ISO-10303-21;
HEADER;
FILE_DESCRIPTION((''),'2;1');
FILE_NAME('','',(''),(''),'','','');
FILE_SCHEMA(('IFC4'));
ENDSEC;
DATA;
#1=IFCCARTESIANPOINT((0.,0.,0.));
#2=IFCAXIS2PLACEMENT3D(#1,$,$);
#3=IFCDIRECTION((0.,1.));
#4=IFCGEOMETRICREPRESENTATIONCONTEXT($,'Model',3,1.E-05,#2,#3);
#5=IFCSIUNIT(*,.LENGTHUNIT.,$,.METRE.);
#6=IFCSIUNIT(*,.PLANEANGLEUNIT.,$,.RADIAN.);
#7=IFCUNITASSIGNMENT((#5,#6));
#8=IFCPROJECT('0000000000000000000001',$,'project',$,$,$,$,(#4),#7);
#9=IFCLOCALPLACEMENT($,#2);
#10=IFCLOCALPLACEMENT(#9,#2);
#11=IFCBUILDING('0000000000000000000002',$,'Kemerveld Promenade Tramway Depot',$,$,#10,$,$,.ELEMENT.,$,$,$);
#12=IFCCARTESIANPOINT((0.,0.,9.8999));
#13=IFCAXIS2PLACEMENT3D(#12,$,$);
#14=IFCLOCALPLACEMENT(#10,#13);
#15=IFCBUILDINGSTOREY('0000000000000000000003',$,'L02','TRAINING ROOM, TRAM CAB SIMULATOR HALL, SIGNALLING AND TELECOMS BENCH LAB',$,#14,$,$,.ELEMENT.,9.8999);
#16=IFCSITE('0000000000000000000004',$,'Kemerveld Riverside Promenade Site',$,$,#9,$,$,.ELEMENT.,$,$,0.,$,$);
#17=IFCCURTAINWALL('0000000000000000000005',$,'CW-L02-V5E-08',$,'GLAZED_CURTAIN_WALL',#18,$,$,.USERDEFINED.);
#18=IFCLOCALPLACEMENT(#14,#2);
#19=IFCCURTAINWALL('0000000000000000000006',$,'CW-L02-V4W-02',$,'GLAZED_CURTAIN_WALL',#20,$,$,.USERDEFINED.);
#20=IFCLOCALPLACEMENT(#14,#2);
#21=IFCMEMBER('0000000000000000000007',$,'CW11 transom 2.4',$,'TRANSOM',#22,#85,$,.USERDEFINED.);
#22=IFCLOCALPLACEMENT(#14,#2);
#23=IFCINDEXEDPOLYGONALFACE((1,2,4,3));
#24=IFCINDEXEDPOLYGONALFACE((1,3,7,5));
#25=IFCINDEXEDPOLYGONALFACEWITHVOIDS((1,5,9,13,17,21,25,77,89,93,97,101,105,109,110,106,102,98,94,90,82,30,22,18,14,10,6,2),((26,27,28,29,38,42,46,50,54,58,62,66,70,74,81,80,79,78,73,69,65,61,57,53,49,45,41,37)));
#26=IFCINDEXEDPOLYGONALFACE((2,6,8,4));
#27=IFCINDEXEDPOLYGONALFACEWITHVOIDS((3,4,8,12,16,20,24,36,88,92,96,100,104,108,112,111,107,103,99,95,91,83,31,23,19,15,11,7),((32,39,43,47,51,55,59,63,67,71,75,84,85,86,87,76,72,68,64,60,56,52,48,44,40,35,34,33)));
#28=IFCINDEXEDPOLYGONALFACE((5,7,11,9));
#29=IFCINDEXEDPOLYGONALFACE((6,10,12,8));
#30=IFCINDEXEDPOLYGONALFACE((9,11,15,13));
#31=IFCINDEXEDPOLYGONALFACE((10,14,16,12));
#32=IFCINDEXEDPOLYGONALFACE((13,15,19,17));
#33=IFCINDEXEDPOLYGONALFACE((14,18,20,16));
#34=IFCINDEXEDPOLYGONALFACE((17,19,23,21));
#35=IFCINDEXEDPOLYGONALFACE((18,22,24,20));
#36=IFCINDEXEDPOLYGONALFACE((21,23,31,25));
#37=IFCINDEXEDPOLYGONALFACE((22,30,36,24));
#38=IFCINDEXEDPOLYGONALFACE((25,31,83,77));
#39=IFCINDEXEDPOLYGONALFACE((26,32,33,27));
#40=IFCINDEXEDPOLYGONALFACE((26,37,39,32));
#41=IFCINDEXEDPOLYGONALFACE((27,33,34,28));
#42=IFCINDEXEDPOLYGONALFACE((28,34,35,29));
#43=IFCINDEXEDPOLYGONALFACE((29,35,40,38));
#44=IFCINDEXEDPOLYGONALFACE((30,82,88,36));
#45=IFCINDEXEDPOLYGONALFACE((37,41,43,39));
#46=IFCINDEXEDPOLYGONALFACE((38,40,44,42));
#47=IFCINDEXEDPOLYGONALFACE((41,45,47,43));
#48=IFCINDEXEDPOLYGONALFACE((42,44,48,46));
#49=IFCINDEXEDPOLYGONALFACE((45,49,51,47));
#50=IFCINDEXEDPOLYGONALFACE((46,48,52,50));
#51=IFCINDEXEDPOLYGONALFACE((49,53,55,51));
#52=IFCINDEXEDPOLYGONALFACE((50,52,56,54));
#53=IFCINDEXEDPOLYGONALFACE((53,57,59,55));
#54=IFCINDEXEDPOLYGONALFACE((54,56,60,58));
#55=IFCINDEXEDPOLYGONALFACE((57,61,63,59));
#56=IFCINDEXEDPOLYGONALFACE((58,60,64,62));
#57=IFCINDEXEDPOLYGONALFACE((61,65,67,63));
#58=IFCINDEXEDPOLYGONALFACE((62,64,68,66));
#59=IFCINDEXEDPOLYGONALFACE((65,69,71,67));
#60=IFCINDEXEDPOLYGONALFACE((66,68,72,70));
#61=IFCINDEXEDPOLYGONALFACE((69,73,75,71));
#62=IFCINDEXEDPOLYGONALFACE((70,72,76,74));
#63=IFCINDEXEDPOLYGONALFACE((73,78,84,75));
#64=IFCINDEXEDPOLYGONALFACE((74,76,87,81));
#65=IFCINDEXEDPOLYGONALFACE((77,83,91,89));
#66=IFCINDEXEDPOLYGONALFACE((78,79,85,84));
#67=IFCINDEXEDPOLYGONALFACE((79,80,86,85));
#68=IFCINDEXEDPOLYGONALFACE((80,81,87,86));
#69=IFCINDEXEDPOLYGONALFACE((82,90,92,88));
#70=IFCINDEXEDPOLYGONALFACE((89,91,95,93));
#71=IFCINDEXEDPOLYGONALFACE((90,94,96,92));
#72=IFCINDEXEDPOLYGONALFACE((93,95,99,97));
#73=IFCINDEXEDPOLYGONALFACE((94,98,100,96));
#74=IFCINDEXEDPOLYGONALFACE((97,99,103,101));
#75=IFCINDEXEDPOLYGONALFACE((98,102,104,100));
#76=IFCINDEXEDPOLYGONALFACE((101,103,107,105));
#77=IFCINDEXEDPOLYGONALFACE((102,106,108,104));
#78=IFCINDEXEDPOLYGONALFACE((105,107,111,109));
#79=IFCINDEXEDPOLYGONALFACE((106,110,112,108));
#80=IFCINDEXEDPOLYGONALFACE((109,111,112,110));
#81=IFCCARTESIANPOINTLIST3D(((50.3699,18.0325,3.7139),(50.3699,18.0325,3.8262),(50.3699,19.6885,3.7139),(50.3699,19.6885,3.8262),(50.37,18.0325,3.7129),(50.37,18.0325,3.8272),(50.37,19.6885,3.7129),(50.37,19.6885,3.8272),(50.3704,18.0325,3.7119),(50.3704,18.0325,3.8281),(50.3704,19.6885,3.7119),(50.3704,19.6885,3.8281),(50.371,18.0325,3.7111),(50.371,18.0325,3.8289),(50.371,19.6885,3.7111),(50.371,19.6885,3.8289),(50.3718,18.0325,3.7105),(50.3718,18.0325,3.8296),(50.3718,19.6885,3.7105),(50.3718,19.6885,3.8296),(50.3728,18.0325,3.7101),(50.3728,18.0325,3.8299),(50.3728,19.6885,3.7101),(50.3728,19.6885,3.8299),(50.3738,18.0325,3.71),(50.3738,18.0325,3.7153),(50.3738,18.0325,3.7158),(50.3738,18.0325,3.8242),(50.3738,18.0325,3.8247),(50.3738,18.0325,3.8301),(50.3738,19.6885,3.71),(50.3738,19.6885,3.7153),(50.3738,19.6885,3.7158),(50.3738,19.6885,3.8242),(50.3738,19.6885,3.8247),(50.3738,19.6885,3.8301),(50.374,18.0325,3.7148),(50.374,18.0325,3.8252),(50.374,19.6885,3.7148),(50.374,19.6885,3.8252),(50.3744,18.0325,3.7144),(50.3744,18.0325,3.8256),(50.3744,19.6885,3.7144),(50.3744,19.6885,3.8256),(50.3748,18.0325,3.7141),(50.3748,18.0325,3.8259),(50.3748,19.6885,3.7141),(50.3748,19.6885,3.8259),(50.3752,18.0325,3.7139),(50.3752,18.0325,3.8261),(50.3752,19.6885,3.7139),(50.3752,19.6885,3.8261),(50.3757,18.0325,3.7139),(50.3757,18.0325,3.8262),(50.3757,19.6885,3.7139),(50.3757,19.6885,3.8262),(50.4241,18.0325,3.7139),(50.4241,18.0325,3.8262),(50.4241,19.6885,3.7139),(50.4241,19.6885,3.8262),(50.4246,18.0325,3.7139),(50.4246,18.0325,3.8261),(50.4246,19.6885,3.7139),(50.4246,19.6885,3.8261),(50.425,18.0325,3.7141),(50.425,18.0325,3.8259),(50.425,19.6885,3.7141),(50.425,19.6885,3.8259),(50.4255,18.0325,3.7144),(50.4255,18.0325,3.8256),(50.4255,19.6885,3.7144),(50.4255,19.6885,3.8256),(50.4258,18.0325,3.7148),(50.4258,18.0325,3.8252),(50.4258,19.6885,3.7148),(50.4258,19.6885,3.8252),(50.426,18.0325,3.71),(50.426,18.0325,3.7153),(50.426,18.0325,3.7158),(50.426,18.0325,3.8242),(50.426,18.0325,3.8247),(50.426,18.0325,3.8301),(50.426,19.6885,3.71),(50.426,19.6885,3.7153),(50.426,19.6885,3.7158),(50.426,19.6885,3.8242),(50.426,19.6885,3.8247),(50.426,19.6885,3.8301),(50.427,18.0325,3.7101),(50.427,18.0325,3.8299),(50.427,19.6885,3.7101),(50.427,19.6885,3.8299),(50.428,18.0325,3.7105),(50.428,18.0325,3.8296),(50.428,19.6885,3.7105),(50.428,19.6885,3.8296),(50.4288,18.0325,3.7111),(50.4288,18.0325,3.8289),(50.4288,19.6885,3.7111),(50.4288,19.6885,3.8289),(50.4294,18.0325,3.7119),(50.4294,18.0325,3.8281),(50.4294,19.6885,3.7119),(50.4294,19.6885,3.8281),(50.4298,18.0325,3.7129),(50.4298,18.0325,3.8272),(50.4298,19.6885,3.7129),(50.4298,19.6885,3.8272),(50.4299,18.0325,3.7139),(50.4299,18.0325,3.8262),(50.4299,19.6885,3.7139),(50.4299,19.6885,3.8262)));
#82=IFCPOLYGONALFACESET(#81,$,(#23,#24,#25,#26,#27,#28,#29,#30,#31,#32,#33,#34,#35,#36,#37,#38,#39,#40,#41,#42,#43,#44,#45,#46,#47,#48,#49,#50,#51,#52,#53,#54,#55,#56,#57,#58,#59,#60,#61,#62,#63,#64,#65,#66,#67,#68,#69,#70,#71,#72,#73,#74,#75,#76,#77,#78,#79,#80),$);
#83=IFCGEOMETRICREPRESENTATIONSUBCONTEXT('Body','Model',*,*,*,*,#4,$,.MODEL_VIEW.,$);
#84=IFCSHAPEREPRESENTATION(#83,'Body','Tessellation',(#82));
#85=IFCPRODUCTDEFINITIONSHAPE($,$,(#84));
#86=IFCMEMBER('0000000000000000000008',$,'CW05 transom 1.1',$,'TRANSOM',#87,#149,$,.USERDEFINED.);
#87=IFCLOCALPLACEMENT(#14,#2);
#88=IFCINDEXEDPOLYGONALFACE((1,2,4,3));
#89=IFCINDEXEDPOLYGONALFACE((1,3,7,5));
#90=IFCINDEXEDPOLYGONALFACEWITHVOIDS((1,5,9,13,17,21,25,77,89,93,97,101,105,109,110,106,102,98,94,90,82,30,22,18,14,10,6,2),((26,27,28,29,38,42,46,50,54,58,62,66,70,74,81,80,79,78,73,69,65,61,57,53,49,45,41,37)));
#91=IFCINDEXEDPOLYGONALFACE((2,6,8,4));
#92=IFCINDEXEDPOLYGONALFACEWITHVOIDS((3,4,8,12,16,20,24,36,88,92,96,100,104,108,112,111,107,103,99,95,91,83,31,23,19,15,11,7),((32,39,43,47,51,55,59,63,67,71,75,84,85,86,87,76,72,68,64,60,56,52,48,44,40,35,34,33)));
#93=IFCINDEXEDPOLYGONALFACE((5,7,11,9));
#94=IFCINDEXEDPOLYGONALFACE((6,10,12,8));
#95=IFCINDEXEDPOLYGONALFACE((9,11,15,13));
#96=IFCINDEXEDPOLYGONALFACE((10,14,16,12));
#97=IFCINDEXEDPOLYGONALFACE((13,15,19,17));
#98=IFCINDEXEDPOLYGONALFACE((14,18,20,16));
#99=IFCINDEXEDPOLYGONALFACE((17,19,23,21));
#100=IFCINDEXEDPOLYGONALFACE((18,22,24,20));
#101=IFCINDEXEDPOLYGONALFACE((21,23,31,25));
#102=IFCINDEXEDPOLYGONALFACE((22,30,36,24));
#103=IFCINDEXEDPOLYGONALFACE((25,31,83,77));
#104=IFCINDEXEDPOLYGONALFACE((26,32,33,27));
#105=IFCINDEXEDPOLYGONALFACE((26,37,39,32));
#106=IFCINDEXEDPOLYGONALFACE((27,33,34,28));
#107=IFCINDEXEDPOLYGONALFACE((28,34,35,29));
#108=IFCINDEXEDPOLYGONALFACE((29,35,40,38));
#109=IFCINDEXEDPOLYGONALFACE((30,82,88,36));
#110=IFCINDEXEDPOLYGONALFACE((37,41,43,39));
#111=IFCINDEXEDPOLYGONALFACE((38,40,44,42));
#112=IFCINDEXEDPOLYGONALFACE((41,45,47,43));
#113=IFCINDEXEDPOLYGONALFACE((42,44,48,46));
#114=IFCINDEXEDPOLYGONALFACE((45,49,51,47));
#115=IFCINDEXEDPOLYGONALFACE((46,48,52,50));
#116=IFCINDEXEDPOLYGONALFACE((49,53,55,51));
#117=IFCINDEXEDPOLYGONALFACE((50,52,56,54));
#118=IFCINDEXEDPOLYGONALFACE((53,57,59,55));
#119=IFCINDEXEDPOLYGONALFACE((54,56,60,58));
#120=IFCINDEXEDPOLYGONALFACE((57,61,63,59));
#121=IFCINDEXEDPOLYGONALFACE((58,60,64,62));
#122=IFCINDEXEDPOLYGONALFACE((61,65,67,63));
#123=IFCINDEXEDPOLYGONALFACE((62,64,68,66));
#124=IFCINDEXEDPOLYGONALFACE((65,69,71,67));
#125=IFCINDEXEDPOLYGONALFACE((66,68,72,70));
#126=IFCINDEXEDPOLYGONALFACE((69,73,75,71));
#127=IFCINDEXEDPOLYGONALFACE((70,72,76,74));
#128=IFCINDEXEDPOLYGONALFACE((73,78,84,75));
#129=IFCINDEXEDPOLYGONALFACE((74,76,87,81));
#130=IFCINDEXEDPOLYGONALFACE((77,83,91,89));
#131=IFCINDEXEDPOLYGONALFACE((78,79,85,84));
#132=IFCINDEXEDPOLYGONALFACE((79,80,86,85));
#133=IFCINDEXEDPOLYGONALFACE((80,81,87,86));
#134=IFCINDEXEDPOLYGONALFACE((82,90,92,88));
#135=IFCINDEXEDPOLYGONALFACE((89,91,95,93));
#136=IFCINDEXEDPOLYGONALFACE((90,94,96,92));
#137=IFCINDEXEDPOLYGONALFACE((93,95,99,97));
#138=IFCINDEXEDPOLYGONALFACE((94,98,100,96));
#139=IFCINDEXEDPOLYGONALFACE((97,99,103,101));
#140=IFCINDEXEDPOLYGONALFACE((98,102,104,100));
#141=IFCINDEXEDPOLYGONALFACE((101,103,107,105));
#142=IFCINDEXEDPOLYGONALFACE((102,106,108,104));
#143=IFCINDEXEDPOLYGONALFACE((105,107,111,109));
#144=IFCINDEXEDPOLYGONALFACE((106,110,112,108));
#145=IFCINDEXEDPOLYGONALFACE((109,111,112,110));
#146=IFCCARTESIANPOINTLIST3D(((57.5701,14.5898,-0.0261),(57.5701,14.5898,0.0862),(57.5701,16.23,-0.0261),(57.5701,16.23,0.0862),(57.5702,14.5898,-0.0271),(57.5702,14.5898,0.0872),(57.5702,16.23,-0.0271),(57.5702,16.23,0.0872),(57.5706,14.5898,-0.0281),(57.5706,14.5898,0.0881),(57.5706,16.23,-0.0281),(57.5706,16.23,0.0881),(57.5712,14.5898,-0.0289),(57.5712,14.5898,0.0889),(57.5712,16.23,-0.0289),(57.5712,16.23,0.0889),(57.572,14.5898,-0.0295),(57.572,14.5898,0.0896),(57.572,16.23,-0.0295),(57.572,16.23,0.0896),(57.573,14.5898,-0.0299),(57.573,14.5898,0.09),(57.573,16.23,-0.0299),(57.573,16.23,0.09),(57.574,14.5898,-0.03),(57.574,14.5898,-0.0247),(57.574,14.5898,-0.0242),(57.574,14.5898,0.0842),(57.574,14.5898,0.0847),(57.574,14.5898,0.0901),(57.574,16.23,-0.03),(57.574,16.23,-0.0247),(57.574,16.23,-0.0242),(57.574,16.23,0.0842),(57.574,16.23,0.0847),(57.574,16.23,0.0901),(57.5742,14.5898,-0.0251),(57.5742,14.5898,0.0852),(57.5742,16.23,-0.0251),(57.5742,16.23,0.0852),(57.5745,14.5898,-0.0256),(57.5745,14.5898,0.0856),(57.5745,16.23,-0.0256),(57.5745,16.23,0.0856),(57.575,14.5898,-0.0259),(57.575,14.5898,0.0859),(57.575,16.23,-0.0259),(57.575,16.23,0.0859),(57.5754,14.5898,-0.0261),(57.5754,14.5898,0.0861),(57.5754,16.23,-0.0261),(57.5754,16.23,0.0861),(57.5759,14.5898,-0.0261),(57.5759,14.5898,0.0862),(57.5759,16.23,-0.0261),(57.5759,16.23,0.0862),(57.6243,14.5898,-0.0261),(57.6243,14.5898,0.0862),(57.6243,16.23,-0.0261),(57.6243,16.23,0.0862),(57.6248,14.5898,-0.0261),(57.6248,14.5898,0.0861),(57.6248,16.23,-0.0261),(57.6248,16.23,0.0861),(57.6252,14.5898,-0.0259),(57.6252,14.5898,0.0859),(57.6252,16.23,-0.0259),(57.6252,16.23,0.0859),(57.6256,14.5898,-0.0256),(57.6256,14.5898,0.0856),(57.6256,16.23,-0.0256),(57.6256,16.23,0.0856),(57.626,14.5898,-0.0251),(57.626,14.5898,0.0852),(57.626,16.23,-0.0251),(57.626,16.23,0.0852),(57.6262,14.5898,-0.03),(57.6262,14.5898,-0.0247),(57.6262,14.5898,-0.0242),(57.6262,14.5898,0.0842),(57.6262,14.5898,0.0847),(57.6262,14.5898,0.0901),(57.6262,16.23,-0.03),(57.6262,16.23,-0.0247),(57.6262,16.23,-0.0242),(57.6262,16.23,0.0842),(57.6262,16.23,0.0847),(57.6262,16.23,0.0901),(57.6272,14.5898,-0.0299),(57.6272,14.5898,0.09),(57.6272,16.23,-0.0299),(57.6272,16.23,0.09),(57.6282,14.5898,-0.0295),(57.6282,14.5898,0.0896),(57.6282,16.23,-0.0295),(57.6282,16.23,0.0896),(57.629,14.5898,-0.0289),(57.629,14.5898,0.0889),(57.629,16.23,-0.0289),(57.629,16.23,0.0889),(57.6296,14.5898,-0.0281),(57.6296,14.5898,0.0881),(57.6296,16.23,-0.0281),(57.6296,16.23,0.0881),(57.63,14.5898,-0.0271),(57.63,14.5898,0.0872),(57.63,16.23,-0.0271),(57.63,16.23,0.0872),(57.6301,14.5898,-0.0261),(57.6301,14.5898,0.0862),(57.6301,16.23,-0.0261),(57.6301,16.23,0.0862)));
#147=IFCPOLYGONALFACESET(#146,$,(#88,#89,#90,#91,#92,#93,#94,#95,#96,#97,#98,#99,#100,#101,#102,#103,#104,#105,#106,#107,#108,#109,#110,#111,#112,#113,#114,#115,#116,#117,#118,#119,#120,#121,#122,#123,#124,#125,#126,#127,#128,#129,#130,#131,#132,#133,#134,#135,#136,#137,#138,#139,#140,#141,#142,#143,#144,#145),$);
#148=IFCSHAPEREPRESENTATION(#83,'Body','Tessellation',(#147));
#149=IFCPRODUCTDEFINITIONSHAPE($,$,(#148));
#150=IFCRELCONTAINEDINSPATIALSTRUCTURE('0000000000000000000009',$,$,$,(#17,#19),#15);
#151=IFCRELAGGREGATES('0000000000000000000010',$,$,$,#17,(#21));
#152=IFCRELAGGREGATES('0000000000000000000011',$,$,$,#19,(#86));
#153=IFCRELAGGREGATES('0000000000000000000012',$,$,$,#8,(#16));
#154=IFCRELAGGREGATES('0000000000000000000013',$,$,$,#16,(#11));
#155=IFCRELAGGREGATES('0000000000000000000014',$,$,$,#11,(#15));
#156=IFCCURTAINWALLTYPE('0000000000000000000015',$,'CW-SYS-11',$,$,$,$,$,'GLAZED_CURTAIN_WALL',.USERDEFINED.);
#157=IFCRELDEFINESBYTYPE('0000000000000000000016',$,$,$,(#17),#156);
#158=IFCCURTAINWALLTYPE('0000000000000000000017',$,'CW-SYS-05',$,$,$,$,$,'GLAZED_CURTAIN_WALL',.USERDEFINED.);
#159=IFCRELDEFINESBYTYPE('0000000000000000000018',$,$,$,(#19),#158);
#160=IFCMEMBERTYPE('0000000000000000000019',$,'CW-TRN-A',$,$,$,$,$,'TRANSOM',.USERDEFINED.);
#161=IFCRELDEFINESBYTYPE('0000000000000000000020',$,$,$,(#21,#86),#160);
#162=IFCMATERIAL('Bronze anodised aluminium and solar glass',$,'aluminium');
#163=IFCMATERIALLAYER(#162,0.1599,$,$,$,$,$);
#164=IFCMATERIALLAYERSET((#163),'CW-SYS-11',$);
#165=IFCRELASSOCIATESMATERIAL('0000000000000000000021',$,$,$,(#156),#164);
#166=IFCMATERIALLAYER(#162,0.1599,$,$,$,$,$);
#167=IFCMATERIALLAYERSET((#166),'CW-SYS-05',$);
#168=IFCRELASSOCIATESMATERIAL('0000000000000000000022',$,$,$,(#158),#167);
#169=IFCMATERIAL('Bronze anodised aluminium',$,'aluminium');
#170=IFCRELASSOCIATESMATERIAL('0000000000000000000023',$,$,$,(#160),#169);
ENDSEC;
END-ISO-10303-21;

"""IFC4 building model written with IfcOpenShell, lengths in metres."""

from ifc_helpers import new_model, si_unit, direction, frame, origin, origin_2d, place, context, subcontext, project, spatial, hollow_rectangle, extrude, material, layer, layer_set, material_profile, profile_set, type_object, element, aggregate, save


model = new_model("IFC4")

# Units and contexts
model_context = context("Model", 3, precision=1e-05, world=origin(), true_north=direction((0.0, 1.0)))
body_context = subcontext(model_context, "Body", "Model", "MODEL_VIEW")
ifc_project = project(units=[si_unit("LENGTHUNIT", "METRE"), si_unit("PLANEANGLEUNIT", "RADIAN")], contexts=[model_context])

# Site, building, storey
site_placement = place(None, origin())
site = spatial("IfcSite", under=ifc_project, at=site_placement, Name="Kemerveld Riverside Promenade Site", CompositionType="ELEMENT", RefElevation=0.0)
building_placement = place(site_placement, origin())
building = spatial("IfcBuilding", under=site, at=building_placement, Name="Kemerveld Promenade Tramway Depot", CompositionType="ELEMENT")
storey_placement = place(building_placement, frame((0.0, 0.0, 9.8999)))
storey = spatial("IfcBuildingStorey", under=building, at=storey_placement, Name="L02", Description="TRAINING ROOM, TRAM CAB SIMULATOR HALL, SIGNALLING AND TELECOMS BENCH LAB", CompositionType="ELEMENT", Elevation=9.8999)

# Curtain walls
ifc_material_1 = material(Name="Bronze anodised aluminium and solar glass", Category="aluminium")
ifc_layer_1 = layer(ifc_material_1, 0.1599)
ifc_layer_set_1 = layer_set([ifc_layer_1], Name="CW-SYS-11")
curtain_wall_type_1 = type_object("IfcCurtainWallType", Name="CW-SYS-11", ElementType="GLAZED_CURTAIN_WALL", PredefinedType="USERDEFINED", material=ifc_layer_set_1)
curtain_wall_1_placement = place(storey_placement, origin())
curtain_wall_1 = element("IfcCurtainWall", 1, at=curtain_wall_1_placement, inside=storey, type_object=curtain_wall_type_1, Name="CW-L02-V5E-08", ObjectType="GLAZED_CURTAIN_WALL", PredefinedType="USERDEFINED")
ifc_material_2 = material(Name="Bronze anodised aluminium", Category="aluminium")
ifc_layer_2 = layer(ifc_material_1, 0.1599)
ifc_layer_set_2 = layer_set([ifc_layer_2], Name="CW-SYS-05")
curtain_wall_type_2 = type_object("IfcCurtainWallType", Name="CW-SYS-05", ElementType="GLAZED_CURTAIN_WALL", PredefinedType="USERDEFINED", material=ifc_layer_set_2)
curtain_wall_2_placement = place(storey_placement, origin())
curtain_wall_2 = element("IfcCurtainWall", 2, at=curtain_wall_2_placement, inside=storey, type_object=curtain_wall_type_2, Name="CW-L02-V4W-02", ObjectType="GLAZED_CURTAIN_WALL", PredefinedType="USERDEFINED")

# Members
ifc_material_profile_1 = material_profile(ifc_material_2, hollow_rectangle(XDim=0.0601, YDim=0.1201, WallThickness=0.0039, InnerFilletRadius=0.002, OuterFilletRadius=0.0039, at=origin_2d()), Name="CW-TRN-120x60")
ifc_profile_set_1 = profile_set([ifc_material_profile_1], Name="Bronze anodised aluminium")
member_type_1 = type_object("IfcMemberType", Name="CW-TRN-A", ElementType="TRANSOM", PredefinedType="USERDEFINED", material=ifc_profile_set_1)
member_1_placement = place(storey_placement, frame((50.3999, 19.6885, 3.77), z_axis=(0.0, -1.0, 0.0), x_axis=(1.0, 0.0, 0.0)))
member_1 = element("IfcMember", 3, at=member_1_placement, type_object=member_type_1, Name="CW11 transom 2.4", ObjectType="TRANSOM", PredefinedType="USERDEFINED", context=body_context, shape_type="SweptSolid", body=[
    extrude(hollow_rectangle(XDim=0.0601, YDim=0.1201, WallThickness=0.0039, InnerFilletRadius=0.002, OuterFilletRadius=0.0039, at=origin_2d()), origin(), (0.0, 0.0, 1.0), 1.656),
])
member_2_placement = place(storey_placement, frame((57.6001, 14.5898, 0.03), z_axis=(0.0, 1.0, 0.0), x_axis=(-1.0, 0.0, 0.0)))
member_2 = element("IfcMember", 4, at=member_2_placement, type_object=member_type_1, Name="CW05 transom 1.1", ObjectType="TRANSOM", PredefinedType="USERDEFINED", context=body_context, shape_type="SweptSolid", body=[
    extrude(hollow_rectangle(XDim=0.0601, YDim=0.1201, WallThickness=0.0039, InnerFilletRadius=0.002, OuterFilletRadius=0.0039, at=origin_2d()), origin(), (0.0, 0.0, 1.0), 1.6401),
])

aggregate(curtain_wall_1, [member_1])
aggregate(curtain_wall_2, [member_2])

save(model, "model.ifc")
